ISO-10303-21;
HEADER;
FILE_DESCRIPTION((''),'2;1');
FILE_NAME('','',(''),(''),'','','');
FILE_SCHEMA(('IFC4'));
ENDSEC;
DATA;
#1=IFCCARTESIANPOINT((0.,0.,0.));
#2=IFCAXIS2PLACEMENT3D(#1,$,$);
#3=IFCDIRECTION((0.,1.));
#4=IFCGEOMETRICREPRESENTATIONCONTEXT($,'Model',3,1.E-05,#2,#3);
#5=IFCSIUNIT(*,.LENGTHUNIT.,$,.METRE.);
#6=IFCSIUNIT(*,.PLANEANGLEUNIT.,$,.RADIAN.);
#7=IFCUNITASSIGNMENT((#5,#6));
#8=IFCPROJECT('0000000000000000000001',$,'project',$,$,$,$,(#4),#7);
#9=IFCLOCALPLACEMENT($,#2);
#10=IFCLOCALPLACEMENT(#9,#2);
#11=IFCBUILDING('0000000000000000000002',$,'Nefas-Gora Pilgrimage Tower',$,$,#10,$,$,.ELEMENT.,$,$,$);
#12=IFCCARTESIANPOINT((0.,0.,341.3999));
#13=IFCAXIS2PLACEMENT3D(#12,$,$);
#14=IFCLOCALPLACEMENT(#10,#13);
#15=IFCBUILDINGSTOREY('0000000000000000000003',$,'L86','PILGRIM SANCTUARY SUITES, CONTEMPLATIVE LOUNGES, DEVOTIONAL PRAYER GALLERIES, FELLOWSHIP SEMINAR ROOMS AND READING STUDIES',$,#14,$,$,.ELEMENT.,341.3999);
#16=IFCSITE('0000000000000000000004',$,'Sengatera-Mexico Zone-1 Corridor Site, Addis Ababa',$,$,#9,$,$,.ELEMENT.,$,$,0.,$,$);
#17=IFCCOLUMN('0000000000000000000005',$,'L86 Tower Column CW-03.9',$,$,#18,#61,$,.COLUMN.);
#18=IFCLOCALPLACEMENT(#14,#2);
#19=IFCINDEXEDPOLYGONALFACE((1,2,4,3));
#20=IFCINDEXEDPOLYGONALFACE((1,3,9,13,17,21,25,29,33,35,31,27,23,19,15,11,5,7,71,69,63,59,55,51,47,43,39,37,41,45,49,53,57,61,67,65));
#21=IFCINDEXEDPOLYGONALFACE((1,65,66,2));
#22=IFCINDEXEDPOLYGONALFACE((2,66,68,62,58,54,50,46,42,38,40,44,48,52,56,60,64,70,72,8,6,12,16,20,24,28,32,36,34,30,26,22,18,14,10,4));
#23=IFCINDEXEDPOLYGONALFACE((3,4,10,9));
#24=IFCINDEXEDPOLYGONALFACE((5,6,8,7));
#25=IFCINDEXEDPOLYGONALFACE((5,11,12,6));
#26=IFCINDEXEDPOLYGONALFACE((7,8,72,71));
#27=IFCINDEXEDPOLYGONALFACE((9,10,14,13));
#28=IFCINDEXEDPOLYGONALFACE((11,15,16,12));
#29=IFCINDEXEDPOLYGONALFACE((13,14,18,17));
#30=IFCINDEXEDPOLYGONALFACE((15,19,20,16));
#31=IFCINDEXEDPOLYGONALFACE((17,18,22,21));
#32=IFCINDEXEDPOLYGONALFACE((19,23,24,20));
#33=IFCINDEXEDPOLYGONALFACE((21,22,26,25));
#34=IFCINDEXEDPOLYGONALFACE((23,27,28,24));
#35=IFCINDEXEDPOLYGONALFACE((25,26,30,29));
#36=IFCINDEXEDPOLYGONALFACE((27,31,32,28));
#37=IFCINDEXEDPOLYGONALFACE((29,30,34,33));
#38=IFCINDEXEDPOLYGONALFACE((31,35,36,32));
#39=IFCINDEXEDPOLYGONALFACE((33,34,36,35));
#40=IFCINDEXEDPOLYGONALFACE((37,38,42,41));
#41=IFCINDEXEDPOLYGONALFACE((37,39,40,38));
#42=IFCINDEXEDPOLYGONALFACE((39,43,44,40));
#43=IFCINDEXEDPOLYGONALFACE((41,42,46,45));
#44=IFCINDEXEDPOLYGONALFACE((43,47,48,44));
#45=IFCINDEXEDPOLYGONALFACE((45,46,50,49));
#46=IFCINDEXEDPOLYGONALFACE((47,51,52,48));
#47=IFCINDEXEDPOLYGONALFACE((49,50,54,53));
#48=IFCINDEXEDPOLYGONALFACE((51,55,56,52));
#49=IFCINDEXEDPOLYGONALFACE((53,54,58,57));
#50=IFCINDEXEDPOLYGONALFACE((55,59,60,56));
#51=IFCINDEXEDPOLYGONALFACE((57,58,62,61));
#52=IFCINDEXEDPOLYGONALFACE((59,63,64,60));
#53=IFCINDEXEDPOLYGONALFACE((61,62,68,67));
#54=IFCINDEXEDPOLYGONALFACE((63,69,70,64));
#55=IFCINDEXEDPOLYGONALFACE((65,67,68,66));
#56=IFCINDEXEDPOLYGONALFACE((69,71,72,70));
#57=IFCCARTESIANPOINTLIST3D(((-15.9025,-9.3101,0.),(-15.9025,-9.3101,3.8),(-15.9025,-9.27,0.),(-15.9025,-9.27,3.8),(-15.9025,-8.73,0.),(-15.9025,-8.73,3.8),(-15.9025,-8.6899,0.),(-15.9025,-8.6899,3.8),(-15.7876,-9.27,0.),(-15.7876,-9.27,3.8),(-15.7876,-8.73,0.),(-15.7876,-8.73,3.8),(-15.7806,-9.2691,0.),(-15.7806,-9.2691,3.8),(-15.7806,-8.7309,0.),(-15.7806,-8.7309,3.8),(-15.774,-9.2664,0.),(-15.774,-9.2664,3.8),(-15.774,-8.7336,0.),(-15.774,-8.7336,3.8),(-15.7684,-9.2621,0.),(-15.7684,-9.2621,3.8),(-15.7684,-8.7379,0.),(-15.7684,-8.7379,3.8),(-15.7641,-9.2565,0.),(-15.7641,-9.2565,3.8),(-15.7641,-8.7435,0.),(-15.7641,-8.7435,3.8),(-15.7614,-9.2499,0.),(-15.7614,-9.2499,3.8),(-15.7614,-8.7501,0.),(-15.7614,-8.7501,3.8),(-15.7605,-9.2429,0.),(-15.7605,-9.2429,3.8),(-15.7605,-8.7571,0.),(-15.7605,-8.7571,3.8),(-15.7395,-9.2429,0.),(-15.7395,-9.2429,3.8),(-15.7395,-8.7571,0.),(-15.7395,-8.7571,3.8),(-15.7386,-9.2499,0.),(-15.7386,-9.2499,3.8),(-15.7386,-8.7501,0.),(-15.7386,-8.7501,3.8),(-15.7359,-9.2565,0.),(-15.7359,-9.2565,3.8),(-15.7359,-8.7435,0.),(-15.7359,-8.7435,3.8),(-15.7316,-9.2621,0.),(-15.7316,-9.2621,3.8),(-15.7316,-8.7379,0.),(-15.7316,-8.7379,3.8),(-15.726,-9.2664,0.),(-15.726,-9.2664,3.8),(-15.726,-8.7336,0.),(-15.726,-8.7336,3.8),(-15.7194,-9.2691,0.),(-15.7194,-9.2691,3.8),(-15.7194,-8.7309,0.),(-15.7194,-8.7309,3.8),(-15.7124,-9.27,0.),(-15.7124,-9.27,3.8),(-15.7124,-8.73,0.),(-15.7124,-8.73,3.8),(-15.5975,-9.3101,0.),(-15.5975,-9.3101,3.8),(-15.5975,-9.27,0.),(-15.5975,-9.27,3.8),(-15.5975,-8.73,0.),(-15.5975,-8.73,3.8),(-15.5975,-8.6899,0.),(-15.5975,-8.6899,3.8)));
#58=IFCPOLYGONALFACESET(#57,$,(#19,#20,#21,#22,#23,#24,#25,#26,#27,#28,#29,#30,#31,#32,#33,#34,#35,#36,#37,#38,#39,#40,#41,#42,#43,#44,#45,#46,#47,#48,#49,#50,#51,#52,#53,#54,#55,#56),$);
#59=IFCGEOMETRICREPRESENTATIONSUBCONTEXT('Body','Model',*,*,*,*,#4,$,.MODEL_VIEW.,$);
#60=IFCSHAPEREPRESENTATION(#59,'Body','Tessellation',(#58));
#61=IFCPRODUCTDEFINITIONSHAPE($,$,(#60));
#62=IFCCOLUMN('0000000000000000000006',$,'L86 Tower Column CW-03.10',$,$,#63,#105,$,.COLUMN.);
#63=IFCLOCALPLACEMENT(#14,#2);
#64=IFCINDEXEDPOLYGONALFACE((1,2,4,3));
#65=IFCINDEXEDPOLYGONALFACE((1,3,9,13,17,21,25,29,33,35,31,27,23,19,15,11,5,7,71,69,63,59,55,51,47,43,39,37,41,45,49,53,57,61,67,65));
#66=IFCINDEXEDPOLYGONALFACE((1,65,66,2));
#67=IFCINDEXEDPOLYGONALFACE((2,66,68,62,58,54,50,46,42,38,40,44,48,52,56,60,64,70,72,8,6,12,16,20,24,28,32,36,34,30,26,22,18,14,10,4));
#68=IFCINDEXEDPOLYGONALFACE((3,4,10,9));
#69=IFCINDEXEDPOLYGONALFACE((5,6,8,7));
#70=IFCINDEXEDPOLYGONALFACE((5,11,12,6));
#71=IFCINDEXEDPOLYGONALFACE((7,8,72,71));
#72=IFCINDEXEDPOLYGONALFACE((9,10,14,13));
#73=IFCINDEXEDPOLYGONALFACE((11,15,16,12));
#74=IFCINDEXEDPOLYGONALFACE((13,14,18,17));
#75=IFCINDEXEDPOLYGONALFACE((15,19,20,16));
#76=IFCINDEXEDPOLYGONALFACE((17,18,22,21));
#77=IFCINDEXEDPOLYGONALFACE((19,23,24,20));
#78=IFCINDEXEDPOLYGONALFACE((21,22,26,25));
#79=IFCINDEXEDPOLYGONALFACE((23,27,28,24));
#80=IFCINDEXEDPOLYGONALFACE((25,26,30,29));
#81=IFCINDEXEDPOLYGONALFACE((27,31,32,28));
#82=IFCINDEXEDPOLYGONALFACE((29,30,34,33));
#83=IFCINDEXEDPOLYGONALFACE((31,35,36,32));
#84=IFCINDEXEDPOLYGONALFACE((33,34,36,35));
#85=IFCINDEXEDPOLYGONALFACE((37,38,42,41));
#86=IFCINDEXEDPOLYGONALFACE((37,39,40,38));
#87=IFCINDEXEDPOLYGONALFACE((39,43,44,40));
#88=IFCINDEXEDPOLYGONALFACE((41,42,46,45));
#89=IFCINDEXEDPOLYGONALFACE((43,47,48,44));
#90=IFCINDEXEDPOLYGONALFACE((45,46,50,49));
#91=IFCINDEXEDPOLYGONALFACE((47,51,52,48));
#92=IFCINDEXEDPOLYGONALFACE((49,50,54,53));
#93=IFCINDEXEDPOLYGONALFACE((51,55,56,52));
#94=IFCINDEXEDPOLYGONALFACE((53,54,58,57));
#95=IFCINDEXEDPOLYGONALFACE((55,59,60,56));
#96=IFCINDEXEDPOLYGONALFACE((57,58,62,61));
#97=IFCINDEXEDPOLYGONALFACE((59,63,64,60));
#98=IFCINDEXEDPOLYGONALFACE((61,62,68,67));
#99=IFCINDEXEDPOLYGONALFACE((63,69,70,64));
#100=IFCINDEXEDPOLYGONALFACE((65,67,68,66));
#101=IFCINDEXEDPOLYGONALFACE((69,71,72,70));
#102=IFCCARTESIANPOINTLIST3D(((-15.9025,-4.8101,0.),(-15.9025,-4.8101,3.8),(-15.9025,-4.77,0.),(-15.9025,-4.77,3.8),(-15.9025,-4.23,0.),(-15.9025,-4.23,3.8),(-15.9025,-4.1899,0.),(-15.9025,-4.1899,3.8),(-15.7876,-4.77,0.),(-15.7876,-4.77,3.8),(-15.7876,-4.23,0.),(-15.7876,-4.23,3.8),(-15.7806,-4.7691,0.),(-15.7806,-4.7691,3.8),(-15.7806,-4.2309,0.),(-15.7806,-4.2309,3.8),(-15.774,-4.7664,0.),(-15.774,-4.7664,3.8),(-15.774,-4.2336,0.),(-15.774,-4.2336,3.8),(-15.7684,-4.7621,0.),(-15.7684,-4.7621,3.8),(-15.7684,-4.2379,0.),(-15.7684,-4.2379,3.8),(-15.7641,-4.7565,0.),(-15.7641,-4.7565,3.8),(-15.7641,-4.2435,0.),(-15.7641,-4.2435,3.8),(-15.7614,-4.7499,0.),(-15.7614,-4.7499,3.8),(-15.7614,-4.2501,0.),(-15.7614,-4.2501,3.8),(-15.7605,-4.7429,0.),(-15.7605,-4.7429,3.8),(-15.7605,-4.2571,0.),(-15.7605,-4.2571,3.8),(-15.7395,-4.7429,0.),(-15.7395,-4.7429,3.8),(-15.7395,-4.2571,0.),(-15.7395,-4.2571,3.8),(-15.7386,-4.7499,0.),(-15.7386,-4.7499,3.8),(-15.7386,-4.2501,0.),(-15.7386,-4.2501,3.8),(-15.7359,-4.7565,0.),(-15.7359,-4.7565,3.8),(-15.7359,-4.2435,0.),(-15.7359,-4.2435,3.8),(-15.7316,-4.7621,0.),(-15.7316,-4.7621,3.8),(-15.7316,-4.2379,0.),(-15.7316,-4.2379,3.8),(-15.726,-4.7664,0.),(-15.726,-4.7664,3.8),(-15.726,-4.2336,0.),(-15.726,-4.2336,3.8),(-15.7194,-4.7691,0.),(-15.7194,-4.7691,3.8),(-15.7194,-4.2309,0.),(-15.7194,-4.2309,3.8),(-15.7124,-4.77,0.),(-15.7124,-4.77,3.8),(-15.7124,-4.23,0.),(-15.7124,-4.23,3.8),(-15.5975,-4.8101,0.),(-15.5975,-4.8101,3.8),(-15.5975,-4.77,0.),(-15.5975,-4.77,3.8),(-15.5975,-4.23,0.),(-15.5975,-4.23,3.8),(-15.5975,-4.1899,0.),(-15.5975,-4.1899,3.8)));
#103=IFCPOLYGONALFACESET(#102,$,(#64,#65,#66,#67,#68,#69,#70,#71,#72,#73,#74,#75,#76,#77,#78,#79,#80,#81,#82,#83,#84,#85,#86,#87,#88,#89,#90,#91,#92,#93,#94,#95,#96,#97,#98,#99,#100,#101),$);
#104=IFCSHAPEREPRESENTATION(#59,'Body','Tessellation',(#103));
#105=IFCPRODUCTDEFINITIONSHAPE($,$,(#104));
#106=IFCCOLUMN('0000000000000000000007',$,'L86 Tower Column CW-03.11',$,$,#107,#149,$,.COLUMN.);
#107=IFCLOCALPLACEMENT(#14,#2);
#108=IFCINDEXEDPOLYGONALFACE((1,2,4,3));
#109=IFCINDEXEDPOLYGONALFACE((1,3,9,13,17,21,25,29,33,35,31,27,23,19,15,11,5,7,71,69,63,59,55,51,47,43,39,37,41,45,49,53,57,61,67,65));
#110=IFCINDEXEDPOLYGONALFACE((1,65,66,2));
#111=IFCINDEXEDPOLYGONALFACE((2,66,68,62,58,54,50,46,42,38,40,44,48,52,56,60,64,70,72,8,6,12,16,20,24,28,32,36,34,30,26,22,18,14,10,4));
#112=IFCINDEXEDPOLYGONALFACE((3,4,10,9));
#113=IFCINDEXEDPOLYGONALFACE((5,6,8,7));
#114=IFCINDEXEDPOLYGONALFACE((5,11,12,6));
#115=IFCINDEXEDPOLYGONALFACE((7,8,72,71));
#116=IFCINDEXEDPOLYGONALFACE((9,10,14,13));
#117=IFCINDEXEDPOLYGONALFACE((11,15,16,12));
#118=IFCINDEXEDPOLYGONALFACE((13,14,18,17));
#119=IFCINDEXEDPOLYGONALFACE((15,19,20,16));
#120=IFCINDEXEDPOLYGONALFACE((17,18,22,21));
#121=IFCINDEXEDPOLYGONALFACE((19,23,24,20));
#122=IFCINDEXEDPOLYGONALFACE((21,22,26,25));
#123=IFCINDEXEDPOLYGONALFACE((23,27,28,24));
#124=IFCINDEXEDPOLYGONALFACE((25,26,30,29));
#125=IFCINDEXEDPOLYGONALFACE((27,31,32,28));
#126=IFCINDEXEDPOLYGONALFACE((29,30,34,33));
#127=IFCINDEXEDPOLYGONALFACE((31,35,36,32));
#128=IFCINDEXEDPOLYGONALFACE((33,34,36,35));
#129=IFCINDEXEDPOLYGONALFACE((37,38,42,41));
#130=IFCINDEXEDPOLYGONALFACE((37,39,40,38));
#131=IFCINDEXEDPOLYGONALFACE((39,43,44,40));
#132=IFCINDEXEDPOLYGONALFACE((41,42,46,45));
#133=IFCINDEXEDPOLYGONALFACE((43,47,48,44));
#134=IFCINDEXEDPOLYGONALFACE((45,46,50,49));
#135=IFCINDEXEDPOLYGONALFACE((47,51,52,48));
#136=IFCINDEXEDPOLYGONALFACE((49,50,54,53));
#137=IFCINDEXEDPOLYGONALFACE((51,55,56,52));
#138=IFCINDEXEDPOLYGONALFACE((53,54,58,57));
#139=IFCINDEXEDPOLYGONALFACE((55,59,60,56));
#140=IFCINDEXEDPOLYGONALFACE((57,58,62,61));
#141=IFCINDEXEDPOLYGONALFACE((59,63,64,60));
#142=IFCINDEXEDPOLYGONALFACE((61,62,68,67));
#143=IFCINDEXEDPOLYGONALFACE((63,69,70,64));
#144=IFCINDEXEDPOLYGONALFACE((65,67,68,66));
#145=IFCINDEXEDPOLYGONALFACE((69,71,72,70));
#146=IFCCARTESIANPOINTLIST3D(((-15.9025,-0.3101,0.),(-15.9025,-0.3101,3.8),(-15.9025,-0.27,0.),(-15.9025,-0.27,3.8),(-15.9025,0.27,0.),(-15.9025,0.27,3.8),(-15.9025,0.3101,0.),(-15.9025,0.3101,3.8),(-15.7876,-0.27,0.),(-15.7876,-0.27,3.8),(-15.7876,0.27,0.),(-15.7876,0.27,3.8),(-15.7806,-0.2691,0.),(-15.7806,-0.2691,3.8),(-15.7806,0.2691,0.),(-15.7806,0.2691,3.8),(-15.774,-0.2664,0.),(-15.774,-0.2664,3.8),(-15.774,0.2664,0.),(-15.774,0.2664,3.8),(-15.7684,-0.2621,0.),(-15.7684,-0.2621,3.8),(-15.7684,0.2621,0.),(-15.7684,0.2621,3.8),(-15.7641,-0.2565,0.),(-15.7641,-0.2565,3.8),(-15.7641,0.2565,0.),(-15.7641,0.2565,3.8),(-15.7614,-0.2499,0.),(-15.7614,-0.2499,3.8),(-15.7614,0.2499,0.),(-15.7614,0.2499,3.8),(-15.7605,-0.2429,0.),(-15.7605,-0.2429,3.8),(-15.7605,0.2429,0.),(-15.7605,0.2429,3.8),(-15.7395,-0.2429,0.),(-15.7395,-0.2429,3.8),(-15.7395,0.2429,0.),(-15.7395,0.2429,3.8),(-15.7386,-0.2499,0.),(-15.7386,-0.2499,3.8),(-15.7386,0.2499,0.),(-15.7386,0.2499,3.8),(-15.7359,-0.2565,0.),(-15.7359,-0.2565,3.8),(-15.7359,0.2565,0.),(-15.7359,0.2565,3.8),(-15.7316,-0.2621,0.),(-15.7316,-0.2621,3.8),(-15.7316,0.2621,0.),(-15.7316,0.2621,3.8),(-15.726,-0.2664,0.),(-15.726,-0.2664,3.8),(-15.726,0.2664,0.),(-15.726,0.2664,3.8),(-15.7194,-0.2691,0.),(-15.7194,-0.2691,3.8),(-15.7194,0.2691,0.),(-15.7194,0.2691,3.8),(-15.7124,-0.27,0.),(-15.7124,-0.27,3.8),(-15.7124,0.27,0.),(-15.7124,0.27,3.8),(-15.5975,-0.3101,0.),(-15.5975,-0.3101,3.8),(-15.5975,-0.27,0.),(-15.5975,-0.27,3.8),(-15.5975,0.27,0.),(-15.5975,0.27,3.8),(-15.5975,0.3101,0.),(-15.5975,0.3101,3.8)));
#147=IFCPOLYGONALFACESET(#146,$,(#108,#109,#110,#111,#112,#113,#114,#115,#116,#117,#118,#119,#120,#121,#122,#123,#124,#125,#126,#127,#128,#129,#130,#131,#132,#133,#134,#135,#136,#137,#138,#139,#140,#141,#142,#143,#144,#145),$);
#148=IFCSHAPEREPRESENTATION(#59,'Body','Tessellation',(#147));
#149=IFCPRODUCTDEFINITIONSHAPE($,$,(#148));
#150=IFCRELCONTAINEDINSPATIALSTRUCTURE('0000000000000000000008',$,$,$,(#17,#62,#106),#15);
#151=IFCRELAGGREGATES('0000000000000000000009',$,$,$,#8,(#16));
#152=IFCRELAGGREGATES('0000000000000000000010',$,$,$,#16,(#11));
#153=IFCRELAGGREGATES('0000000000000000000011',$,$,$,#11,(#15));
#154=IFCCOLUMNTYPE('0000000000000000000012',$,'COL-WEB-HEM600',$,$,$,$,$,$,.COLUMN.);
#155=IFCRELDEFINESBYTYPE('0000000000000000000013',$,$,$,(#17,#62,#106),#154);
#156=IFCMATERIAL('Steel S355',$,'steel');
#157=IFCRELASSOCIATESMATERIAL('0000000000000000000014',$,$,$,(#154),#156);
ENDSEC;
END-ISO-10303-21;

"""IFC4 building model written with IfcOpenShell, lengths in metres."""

from ifc_helpers import new_model, si_unit, direction, frame, origin, origin_2d, place, context, subcontext, project, spatial, i_section, extrude, source, transform, mapped, material, material_profile, profile_set, type_object, element, save


model = new_model("IFC4")

# Units and contexts
model_context = context("Model", 3, precision=1e-05, world=origin(), true_north=direction((0.0, 1.0)))
body_context = subcontext(model_context, "Body", "Model", "MODEL_VIEW")
ifc_project = project(units=[si_unit("LENGTHUNIT", "METRE"), si_unit("PLANEANGLEUNIT", "RADIAN")], contexts=[model_context])

# Site, building, storey
site_placement = place(None, origin())
site = spatial("IfcSite", under=ifc_project, at=site_placement, Name="Sengatera-Mexico Zone-1 Corridor Site, Addis Ababa", CompositionType="ELEMENT", RefElevation=0.0)
building_placement = place(site_placement, origin())
building = spatial("IfcBuilding", under=site, at=building_placement, Name="Nefas-Gora Pilgrimage Tower", CompositionType="ELEMENT")
storey_placement = place(building_placement, frame((0.0, 0.0, 341.3999)))
storey = spatial("IfcBuildingStorey", under=building, at=storey_placement, Name="L86", Description="PILGRIM SANCTUARY SUITES, CONTEMPLATIVE LOUNGES, DEVOTIONAL PRAYER GALLERIES, FELLOWSHIP SEMINAR ROOMS AND READING STUDIES", CompositionType="ELEMENT", Elevation=341.3999)

# Columns
ifc_material_1 = material(Name="Steel S355", Category="steel")
ifc_material_profile_1 = material_profile(ifc_material_1, i_section(OverallWidth=0.3049, OverallDepth=0.6201, WebThickness=0.021, FlangeThickness=0.04, FilletRadius=0.0271, at=origin_2d()), Name="HEM 600")
ifc_profile_set_1 = profile_set([ifc_material_profile_1], Name="Steel S355")
column_type_1 = type_object("IfcColumnType", Name="COL-WEB-HEM600", PredefinedType="COLUMN", material=ifc_profile_set_1)
shared_shape_1 = source(origin(), body_context, "Body", "SweptSolid", [
    extrude(i_section(OverallWidth=0.3049, OverallDepth=0.6201, WebThickness=0.021, FlangeThickness=0.04, FilletRadius=0.0271, at=origin_2d()), origin(), (0.0, 0.0, 1.0), 3.8),
])
for number, where, z_axis, x_axis, name in (
    (1, (-15.75, -9.0, 0.0), (0.0, 0.0, 1.0), (1.0, 0.0, 0.0), "L86 Tower Column CW-03.9"),
    (2, (-15.75, -4.5, 0.0), (0.0, 0.0, 1.0), (1.0, 0.0, 0.0), "L86 Tower Column CW-03.10"),
    (3, (-15.75, 0.0, 0.0), (0.0, 0.0, 1.0), (1.0, 0.0, 0.0), "L86 Tower Column CW-03.11"),
):
    element("IfcColumn", number, at=place(storey_placement, frame(where, z_axis=z_axis, x_axis=x_axis)), inside=storey, type_object=column_type_1, Name=name, PredefinedType="COLUMN", context=body_context, shape_type="MappedRepresentation", body=[
        mapped(shared_shape_1, transform((0.0, 0.0, 0.0), x_axis=(1.0, 0.0, 0.0), y_axis=(0.0, 1.0, 0.0), z_axis=(0.0, 0.0, 1.0), scale=1.0)),
    ])

save(model, "model.ifc")
